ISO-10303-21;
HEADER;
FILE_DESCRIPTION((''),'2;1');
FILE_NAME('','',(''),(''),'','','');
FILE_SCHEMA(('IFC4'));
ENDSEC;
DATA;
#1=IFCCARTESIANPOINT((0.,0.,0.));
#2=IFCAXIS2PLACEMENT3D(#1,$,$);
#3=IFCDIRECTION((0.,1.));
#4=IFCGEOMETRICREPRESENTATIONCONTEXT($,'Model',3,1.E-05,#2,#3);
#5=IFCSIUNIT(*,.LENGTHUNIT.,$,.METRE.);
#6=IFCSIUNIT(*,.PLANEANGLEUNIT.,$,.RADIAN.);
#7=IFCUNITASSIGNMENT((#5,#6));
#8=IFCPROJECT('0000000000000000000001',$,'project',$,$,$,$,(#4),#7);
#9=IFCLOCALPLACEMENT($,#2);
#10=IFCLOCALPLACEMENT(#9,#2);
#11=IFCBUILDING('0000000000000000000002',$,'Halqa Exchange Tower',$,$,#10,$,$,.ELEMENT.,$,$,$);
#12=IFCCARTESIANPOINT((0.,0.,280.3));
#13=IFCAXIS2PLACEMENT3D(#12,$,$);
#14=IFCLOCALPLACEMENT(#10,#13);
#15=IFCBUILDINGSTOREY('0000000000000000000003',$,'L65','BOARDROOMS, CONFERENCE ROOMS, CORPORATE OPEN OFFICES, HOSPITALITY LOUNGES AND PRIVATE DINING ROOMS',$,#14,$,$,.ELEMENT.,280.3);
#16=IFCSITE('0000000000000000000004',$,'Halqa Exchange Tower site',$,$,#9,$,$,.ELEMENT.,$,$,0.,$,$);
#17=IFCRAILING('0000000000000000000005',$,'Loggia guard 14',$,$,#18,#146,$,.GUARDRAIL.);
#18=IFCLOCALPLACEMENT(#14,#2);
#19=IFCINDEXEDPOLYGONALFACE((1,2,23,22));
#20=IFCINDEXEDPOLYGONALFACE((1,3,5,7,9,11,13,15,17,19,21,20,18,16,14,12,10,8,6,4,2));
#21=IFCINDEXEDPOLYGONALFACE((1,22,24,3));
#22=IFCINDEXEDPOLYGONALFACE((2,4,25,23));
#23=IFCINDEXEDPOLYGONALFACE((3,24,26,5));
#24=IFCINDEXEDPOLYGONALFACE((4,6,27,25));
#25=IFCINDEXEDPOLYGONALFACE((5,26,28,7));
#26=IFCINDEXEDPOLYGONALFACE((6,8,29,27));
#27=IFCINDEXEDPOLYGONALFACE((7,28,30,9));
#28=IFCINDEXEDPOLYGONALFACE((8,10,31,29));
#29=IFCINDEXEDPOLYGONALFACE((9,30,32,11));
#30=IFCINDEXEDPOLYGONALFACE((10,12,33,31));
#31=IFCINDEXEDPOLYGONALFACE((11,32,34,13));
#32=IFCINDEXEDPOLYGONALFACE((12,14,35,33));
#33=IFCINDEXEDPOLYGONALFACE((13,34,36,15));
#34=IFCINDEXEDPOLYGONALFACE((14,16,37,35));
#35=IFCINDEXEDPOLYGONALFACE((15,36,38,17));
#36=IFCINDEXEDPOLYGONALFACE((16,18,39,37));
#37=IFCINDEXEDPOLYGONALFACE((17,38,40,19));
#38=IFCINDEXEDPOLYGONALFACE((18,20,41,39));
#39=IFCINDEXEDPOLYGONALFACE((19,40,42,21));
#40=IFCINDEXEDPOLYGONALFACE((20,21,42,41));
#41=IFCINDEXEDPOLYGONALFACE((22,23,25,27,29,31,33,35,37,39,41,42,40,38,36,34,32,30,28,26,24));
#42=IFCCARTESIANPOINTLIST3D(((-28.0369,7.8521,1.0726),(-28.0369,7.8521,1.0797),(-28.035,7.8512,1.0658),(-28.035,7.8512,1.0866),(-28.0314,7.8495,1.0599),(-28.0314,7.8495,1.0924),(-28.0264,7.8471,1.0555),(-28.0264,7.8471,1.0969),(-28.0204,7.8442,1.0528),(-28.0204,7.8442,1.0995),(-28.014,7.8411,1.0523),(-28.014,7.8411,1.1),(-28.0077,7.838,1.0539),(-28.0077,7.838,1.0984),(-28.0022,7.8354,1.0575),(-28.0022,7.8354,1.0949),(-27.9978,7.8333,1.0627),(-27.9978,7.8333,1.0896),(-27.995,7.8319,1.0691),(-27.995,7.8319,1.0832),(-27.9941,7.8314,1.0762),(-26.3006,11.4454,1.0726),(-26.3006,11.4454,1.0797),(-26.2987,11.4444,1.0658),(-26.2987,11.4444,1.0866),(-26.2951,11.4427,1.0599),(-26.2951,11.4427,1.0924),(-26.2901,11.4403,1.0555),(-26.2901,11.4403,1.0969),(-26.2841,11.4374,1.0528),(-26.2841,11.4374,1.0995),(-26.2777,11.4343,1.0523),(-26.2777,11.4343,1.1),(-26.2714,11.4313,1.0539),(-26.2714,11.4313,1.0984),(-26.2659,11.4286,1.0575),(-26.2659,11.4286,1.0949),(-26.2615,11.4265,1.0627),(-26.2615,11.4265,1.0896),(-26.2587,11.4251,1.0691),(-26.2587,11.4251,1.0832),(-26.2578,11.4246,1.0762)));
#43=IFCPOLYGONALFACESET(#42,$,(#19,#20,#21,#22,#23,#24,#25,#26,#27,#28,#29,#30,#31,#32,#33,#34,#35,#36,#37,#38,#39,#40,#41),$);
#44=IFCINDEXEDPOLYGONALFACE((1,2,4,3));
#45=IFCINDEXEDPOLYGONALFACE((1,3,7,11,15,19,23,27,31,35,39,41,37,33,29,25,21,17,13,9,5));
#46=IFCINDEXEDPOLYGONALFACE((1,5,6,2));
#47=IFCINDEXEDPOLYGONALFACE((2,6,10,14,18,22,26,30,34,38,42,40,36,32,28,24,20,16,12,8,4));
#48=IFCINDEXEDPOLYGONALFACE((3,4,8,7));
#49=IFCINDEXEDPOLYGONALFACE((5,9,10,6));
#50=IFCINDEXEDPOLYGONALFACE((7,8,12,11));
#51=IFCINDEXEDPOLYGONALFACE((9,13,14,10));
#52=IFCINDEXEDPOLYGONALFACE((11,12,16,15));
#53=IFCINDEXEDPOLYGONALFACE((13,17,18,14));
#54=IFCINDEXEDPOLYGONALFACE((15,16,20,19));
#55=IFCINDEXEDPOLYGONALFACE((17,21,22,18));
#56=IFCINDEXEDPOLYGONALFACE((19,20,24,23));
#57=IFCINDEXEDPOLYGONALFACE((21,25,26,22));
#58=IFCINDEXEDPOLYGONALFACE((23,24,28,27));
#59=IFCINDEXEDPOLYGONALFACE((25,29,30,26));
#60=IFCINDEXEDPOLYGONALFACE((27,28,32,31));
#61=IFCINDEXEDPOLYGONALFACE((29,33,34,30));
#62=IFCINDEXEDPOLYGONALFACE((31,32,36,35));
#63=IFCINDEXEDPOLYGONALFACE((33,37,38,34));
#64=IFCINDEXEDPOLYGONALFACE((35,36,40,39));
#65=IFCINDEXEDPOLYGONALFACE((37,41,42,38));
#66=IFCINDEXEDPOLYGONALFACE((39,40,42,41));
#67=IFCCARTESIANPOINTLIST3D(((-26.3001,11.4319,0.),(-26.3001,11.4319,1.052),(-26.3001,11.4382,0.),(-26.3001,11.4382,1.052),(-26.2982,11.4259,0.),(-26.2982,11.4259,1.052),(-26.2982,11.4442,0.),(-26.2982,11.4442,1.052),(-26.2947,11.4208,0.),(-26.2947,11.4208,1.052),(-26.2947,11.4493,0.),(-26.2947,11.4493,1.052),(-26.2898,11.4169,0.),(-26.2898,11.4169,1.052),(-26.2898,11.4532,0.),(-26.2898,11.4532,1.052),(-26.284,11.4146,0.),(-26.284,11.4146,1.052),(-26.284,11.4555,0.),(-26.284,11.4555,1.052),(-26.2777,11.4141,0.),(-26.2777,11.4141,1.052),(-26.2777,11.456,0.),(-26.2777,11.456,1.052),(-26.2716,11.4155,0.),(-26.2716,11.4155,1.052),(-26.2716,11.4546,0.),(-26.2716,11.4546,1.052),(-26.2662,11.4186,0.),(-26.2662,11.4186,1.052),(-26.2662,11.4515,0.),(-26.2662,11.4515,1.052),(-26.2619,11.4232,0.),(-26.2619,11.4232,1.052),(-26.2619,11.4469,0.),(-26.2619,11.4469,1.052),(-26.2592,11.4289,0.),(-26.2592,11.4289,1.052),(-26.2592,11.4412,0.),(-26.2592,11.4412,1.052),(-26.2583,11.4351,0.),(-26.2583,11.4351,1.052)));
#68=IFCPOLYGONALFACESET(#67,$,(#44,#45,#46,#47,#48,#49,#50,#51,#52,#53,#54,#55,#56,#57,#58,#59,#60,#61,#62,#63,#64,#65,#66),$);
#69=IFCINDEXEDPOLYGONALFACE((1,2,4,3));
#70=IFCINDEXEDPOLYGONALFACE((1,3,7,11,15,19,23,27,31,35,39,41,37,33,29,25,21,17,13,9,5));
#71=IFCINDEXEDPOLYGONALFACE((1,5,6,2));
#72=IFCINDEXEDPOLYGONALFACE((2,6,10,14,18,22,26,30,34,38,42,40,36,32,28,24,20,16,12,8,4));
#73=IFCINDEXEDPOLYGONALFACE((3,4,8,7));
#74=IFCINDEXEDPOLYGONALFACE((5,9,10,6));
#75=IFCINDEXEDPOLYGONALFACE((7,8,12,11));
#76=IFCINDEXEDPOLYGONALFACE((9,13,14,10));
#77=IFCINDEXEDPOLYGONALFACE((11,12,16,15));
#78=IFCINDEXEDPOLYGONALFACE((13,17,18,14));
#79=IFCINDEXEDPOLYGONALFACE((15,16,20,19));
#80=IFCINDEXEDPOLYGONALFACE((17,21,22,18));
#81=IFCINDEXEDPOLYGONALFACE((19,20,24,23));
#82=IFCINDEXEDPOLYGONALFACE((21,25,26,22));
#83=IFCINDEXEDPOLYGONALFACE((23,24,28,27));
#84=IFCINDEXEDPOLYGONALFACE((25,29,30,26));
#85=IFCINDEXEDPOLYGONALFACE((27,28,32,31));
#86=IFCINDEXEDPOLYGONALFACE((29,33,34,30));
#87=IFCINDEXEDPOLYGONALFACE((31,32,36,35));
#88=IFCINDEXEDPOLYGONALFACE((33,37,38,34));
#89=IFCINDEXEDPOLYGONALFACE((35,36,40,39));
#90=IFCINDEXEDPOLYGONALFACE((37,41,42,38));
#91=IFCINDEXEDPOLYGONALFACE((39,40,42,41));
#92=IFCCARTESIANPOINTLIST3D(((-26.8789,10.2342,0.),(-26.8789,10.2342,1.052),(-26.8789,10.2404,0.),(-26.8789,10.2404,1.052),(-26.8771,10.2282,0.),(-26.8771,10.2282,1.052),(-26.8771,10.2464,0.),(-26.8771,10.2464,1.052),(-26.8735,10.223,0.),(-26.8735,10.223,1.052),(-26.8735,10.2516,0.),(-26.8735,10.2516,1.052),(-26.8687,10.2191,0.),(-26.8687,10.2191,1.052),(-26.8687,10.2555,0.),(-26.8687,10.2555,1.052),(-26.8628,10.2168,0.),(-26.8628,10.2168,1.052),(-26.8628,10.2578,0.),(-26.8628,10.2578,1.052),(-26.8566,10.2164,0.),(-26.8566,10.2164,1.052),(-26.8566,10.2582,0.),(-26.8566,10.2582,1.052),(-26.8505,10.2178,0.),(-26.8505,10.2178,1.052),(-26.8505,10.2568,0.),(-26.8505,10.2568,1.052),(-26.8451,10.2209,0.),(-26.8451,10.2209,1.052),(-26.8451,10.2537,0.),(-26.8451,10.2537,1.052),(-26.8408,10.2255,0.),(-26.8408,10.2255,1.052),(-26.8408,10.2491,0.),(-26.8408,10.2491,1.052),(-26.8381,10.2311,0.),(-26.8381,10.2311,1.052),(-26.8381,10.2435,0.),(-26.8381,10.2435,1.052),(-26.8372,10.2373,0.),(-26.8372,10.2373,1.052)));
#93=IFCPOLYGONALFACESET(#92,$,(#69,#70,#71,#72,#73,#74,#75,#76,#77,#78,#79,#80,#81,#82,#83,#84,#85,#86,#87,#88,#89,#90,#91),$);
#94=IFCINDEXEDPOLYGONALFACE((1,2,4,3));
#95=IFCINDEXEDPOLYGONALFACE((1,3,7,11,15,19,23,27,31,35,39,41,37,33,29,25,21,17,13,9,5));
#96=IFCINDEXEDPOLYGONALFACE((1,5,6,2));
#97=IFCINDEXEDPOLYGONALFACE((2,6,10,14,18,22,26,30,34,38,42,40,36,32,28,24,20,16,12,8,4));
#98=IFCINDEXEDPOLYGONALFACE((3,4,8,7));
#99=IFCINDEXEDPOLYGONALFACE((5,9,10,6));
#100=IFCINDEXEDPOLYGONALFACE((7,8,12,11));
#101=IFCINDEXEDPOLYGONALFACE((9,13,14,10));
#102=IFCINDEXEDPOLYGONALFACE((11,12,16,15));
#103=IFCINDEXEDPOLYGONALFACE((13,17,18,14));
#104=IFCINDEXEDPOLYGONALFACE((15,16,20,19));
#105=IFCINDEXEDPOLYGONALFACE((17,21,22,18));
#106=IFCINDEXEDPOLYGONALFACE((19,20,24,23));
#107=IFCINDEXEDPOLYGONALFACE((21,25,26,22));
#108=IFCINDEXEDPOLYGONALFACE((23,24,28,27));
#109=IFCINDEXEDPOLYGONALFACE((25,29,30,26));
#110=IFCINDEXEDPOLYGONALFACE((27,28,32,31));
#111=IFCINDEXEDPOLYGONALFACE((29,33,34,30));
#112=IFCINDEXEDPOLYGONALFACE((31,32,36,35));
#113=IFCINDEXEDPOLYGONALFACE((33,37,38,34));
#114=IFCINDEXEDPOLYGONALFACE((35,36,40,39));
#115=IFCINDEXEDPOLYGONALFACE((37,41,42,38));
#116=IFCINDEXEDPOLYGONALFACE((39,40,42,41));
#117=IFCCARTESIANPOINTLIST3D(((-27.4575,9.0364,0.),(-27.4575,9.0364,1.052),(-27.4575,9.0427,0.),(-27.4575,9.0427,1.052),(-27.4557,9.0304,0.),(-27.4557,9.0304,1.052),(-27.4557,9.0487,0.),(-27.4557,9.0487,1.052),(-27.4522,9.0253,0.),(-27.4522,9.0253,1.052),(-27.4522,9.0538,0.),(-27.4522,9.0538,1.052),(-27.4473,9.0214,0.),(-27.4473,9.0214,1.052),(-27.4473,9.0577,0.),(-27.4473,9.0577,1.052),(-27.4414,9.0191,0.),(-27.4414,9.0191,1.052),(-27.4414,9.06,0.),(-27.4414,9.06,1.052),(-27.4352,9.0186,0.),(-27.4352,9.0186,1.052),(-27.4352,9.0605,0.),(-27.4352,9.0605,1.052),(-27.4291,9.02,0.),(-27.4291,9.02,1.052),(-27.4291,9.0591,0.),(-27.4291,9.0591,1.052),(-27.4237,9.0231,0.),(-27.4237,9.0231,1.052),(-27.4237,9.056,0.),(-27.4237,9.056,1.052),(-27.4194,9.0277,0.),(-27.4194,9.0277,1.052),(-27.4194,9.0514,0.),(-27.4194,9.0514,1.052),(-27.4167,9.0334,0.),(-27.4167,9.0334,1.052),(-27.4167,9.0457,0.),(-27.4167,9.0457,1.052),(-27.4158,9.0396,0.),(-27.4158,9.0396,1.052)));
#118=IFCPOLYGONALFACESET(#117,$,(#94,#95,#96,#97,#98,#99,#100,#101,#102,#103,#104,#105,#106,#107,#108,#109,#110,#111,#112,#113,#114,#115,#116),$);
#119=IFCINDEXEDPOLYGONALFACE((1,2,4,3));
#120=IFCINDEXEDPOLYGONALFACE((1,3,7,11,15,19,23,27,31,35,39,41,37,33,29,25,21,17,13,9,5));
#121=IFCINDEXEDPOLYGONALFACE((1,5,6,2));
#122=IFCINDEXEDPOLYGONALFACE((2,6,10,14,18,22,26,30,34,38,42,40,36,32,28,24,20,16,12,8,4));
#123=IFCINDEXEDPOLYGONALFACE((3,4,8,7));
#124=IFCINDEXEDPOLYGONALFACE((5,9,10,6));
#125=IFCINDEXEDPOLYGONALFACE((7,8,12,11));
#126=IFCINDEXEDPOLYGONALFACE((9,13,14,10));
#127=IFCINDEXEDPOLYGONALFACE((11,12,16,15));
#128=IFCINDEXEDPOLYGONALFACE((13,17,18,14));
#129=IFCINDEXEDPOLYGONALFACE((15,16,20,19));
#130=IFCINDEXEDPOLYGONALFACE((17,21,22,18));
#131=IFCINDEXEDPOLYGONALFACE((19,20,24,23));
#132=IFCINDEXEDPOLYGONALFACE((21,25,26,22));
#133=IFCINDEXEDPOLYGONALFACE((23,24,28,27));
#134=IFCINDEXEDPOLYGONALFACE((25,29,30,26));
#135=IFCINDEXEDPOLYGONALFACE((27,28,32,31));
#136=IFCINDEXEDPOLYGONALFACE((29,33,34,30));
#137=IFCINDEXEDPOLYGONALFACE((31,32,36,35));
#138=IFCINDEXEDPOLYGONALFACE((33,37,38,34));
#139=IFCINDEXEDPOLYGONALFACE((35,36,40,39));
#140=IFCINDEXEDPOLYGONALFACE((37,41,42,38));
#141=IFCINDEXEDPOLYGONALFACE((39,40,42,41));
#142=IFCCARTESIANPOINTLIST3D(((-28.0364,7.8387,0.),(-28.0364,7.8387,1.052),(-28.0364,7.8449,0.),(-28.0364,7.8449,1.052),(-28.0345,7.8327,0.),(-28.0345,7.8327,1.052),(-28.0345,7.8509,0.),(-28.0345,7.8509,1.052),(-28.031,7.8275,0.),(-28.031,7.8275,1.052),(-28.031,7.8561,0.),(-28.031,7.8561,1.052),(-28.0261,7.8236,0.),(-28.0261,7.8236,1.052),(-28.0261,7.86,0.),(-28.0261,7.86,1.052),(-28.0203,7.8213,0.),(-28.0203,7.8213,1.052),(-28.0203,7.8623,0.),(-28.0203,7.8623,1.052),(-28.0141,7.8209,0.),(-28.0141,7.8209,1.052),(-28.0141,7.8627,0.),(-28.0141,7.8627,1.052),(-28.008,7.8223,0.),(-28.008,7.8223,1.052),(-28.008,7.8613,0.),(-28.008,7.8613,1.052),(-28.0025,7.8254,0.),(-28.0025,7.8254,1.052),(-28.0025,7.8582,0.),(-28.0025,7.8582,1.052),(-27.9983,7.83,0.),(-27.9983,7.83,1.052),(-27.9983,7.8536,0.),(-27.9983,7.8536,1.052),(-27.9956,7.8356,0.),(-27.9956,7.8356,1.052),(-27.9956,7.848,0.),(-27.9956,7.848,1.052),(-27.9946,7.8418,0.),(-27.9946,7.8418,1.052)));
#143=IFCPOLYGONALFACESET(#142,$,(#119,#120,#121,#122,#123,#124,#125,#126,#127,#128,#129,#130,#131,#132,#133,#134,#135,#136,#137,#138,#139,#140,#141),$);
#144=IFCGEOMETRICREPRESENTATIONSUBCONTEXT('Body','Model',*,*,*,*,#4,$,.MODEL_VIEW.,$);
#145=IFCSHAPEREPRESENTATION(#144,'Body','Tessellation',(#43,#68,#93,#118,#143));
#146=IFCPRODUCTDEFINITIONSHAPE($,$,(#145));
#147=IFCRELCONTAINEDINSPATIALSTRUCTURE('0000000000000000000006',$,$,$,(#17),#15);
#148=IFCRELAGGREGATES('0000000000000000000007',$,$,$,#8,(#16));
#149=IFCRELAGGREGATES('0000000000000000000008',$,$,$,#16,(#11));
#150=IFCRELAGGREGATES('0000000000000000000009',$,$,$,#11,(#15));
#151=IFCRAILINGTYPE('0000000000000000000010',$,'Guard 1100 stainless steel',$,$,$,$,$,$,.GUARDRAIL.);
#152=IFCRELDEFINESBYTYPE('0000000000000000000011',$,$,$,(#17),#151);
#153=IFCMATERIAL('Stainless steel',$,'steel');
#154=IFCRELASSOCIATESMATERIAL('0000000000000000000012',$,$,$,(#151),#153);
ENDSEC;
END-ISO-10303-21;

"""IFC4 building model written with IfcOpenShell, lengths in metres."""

from ifc_helpers import new_model, si_unit, direction, frame, origin, origin_2d, place, context, subcontext, project, spatial, circle, extrude, material, type_object, element, save


model = new_model("IFC4")

# Units and contexts
model_context = context("Model", 3, precision=1e-05, world=origin(), true_north=direction((0.0, 1.0)))
body_context = subcontext(model_context, "Body", "Model", "MODEL_VIEW")
ifc_project = project(units=[si_unit("LENGTHUNIT", "METRE"), si_unit("PLANEANGLEUNIT", "RADIAN")], contexts=[model_context])

# Site, building, storey
site_placement = place(None, origin())
site = spatial("IfcSite", under=ifc_project, at=site_placement, Name="Halqa Exchange Tower site", CompositionType="ELEMENT", RefElevation=0.0)
building_placement = place(site_placement, origin())
building = spatial("IfcBuilding", under=site, at=building_placement, Name="Halqa Exchange Tower", CompositionType="ELEMENT")
storey_placement = place(building_placement, frame((0.0, 0.0, 280.3)))
storey = spatial("IfcBuildingStorey", under=building, at=storey_placement, Name="L65", Description="BOARDROOMS, CONFERENCE ROOMS, CORPORATE OPEN OFFICES, HOSPITALITY LOUNGES AND PRIVATE DINING ROOMS", CompositionType="ELEMENT", Elevation=280.3)

# Railing
ifc_material_1 = material(Name="Stainless steel", Category="steel")
railing_type = type_object("IfcRailingType", Name="Guard 1100 stainless steel", PredefinedType="GUARDRAIL", material=ifc_material_1)
railing_1_placement = place(storey_placement, frame((-26.2793, 11.4351, 0.0)))
element("IfcRailing", 1, at=railing_1_placement, inside=storey, type_object=railing_type, Name="Loggia guard 14", PredefinedType="GUARDRAIL", context=body_context, shape_type="SweptSolid", body=[
    extrude(circle(Radius=0.0239, at=origin_2d()), frame((0.0, 0.0, 1.0762), z_axis=(-0.435084, -0.90039, 0.0), x_axis=(0.90039, -0.435084, 0.0)), (0.0, 0.0, 1.0), 3.9907),
    extrude(circle(Radius=0.021, at=origin_2d()), origin(), (0.0, 0.0, 1.0), 1.052),
    extrude(circle(Radius=0.021, at=origin_2d()), frame((-0.5789, -1.1978, 0.0)), (0.0, 0.0, 1.0), 1.052),
    extrude(circle(Radius=0.021, at=origin_2d()), frame((-1.1575, -2.3955, 0.0)), (0.0, 0.0, 1.0), 1.052),
    extrude(circle(Radius=0.021, at=origin_2d()), frame((-1.7363, -3.5933, 0.0)), (0.0, 0.0, 1.0), 1.052),
])

save(model, "model.ifc")
